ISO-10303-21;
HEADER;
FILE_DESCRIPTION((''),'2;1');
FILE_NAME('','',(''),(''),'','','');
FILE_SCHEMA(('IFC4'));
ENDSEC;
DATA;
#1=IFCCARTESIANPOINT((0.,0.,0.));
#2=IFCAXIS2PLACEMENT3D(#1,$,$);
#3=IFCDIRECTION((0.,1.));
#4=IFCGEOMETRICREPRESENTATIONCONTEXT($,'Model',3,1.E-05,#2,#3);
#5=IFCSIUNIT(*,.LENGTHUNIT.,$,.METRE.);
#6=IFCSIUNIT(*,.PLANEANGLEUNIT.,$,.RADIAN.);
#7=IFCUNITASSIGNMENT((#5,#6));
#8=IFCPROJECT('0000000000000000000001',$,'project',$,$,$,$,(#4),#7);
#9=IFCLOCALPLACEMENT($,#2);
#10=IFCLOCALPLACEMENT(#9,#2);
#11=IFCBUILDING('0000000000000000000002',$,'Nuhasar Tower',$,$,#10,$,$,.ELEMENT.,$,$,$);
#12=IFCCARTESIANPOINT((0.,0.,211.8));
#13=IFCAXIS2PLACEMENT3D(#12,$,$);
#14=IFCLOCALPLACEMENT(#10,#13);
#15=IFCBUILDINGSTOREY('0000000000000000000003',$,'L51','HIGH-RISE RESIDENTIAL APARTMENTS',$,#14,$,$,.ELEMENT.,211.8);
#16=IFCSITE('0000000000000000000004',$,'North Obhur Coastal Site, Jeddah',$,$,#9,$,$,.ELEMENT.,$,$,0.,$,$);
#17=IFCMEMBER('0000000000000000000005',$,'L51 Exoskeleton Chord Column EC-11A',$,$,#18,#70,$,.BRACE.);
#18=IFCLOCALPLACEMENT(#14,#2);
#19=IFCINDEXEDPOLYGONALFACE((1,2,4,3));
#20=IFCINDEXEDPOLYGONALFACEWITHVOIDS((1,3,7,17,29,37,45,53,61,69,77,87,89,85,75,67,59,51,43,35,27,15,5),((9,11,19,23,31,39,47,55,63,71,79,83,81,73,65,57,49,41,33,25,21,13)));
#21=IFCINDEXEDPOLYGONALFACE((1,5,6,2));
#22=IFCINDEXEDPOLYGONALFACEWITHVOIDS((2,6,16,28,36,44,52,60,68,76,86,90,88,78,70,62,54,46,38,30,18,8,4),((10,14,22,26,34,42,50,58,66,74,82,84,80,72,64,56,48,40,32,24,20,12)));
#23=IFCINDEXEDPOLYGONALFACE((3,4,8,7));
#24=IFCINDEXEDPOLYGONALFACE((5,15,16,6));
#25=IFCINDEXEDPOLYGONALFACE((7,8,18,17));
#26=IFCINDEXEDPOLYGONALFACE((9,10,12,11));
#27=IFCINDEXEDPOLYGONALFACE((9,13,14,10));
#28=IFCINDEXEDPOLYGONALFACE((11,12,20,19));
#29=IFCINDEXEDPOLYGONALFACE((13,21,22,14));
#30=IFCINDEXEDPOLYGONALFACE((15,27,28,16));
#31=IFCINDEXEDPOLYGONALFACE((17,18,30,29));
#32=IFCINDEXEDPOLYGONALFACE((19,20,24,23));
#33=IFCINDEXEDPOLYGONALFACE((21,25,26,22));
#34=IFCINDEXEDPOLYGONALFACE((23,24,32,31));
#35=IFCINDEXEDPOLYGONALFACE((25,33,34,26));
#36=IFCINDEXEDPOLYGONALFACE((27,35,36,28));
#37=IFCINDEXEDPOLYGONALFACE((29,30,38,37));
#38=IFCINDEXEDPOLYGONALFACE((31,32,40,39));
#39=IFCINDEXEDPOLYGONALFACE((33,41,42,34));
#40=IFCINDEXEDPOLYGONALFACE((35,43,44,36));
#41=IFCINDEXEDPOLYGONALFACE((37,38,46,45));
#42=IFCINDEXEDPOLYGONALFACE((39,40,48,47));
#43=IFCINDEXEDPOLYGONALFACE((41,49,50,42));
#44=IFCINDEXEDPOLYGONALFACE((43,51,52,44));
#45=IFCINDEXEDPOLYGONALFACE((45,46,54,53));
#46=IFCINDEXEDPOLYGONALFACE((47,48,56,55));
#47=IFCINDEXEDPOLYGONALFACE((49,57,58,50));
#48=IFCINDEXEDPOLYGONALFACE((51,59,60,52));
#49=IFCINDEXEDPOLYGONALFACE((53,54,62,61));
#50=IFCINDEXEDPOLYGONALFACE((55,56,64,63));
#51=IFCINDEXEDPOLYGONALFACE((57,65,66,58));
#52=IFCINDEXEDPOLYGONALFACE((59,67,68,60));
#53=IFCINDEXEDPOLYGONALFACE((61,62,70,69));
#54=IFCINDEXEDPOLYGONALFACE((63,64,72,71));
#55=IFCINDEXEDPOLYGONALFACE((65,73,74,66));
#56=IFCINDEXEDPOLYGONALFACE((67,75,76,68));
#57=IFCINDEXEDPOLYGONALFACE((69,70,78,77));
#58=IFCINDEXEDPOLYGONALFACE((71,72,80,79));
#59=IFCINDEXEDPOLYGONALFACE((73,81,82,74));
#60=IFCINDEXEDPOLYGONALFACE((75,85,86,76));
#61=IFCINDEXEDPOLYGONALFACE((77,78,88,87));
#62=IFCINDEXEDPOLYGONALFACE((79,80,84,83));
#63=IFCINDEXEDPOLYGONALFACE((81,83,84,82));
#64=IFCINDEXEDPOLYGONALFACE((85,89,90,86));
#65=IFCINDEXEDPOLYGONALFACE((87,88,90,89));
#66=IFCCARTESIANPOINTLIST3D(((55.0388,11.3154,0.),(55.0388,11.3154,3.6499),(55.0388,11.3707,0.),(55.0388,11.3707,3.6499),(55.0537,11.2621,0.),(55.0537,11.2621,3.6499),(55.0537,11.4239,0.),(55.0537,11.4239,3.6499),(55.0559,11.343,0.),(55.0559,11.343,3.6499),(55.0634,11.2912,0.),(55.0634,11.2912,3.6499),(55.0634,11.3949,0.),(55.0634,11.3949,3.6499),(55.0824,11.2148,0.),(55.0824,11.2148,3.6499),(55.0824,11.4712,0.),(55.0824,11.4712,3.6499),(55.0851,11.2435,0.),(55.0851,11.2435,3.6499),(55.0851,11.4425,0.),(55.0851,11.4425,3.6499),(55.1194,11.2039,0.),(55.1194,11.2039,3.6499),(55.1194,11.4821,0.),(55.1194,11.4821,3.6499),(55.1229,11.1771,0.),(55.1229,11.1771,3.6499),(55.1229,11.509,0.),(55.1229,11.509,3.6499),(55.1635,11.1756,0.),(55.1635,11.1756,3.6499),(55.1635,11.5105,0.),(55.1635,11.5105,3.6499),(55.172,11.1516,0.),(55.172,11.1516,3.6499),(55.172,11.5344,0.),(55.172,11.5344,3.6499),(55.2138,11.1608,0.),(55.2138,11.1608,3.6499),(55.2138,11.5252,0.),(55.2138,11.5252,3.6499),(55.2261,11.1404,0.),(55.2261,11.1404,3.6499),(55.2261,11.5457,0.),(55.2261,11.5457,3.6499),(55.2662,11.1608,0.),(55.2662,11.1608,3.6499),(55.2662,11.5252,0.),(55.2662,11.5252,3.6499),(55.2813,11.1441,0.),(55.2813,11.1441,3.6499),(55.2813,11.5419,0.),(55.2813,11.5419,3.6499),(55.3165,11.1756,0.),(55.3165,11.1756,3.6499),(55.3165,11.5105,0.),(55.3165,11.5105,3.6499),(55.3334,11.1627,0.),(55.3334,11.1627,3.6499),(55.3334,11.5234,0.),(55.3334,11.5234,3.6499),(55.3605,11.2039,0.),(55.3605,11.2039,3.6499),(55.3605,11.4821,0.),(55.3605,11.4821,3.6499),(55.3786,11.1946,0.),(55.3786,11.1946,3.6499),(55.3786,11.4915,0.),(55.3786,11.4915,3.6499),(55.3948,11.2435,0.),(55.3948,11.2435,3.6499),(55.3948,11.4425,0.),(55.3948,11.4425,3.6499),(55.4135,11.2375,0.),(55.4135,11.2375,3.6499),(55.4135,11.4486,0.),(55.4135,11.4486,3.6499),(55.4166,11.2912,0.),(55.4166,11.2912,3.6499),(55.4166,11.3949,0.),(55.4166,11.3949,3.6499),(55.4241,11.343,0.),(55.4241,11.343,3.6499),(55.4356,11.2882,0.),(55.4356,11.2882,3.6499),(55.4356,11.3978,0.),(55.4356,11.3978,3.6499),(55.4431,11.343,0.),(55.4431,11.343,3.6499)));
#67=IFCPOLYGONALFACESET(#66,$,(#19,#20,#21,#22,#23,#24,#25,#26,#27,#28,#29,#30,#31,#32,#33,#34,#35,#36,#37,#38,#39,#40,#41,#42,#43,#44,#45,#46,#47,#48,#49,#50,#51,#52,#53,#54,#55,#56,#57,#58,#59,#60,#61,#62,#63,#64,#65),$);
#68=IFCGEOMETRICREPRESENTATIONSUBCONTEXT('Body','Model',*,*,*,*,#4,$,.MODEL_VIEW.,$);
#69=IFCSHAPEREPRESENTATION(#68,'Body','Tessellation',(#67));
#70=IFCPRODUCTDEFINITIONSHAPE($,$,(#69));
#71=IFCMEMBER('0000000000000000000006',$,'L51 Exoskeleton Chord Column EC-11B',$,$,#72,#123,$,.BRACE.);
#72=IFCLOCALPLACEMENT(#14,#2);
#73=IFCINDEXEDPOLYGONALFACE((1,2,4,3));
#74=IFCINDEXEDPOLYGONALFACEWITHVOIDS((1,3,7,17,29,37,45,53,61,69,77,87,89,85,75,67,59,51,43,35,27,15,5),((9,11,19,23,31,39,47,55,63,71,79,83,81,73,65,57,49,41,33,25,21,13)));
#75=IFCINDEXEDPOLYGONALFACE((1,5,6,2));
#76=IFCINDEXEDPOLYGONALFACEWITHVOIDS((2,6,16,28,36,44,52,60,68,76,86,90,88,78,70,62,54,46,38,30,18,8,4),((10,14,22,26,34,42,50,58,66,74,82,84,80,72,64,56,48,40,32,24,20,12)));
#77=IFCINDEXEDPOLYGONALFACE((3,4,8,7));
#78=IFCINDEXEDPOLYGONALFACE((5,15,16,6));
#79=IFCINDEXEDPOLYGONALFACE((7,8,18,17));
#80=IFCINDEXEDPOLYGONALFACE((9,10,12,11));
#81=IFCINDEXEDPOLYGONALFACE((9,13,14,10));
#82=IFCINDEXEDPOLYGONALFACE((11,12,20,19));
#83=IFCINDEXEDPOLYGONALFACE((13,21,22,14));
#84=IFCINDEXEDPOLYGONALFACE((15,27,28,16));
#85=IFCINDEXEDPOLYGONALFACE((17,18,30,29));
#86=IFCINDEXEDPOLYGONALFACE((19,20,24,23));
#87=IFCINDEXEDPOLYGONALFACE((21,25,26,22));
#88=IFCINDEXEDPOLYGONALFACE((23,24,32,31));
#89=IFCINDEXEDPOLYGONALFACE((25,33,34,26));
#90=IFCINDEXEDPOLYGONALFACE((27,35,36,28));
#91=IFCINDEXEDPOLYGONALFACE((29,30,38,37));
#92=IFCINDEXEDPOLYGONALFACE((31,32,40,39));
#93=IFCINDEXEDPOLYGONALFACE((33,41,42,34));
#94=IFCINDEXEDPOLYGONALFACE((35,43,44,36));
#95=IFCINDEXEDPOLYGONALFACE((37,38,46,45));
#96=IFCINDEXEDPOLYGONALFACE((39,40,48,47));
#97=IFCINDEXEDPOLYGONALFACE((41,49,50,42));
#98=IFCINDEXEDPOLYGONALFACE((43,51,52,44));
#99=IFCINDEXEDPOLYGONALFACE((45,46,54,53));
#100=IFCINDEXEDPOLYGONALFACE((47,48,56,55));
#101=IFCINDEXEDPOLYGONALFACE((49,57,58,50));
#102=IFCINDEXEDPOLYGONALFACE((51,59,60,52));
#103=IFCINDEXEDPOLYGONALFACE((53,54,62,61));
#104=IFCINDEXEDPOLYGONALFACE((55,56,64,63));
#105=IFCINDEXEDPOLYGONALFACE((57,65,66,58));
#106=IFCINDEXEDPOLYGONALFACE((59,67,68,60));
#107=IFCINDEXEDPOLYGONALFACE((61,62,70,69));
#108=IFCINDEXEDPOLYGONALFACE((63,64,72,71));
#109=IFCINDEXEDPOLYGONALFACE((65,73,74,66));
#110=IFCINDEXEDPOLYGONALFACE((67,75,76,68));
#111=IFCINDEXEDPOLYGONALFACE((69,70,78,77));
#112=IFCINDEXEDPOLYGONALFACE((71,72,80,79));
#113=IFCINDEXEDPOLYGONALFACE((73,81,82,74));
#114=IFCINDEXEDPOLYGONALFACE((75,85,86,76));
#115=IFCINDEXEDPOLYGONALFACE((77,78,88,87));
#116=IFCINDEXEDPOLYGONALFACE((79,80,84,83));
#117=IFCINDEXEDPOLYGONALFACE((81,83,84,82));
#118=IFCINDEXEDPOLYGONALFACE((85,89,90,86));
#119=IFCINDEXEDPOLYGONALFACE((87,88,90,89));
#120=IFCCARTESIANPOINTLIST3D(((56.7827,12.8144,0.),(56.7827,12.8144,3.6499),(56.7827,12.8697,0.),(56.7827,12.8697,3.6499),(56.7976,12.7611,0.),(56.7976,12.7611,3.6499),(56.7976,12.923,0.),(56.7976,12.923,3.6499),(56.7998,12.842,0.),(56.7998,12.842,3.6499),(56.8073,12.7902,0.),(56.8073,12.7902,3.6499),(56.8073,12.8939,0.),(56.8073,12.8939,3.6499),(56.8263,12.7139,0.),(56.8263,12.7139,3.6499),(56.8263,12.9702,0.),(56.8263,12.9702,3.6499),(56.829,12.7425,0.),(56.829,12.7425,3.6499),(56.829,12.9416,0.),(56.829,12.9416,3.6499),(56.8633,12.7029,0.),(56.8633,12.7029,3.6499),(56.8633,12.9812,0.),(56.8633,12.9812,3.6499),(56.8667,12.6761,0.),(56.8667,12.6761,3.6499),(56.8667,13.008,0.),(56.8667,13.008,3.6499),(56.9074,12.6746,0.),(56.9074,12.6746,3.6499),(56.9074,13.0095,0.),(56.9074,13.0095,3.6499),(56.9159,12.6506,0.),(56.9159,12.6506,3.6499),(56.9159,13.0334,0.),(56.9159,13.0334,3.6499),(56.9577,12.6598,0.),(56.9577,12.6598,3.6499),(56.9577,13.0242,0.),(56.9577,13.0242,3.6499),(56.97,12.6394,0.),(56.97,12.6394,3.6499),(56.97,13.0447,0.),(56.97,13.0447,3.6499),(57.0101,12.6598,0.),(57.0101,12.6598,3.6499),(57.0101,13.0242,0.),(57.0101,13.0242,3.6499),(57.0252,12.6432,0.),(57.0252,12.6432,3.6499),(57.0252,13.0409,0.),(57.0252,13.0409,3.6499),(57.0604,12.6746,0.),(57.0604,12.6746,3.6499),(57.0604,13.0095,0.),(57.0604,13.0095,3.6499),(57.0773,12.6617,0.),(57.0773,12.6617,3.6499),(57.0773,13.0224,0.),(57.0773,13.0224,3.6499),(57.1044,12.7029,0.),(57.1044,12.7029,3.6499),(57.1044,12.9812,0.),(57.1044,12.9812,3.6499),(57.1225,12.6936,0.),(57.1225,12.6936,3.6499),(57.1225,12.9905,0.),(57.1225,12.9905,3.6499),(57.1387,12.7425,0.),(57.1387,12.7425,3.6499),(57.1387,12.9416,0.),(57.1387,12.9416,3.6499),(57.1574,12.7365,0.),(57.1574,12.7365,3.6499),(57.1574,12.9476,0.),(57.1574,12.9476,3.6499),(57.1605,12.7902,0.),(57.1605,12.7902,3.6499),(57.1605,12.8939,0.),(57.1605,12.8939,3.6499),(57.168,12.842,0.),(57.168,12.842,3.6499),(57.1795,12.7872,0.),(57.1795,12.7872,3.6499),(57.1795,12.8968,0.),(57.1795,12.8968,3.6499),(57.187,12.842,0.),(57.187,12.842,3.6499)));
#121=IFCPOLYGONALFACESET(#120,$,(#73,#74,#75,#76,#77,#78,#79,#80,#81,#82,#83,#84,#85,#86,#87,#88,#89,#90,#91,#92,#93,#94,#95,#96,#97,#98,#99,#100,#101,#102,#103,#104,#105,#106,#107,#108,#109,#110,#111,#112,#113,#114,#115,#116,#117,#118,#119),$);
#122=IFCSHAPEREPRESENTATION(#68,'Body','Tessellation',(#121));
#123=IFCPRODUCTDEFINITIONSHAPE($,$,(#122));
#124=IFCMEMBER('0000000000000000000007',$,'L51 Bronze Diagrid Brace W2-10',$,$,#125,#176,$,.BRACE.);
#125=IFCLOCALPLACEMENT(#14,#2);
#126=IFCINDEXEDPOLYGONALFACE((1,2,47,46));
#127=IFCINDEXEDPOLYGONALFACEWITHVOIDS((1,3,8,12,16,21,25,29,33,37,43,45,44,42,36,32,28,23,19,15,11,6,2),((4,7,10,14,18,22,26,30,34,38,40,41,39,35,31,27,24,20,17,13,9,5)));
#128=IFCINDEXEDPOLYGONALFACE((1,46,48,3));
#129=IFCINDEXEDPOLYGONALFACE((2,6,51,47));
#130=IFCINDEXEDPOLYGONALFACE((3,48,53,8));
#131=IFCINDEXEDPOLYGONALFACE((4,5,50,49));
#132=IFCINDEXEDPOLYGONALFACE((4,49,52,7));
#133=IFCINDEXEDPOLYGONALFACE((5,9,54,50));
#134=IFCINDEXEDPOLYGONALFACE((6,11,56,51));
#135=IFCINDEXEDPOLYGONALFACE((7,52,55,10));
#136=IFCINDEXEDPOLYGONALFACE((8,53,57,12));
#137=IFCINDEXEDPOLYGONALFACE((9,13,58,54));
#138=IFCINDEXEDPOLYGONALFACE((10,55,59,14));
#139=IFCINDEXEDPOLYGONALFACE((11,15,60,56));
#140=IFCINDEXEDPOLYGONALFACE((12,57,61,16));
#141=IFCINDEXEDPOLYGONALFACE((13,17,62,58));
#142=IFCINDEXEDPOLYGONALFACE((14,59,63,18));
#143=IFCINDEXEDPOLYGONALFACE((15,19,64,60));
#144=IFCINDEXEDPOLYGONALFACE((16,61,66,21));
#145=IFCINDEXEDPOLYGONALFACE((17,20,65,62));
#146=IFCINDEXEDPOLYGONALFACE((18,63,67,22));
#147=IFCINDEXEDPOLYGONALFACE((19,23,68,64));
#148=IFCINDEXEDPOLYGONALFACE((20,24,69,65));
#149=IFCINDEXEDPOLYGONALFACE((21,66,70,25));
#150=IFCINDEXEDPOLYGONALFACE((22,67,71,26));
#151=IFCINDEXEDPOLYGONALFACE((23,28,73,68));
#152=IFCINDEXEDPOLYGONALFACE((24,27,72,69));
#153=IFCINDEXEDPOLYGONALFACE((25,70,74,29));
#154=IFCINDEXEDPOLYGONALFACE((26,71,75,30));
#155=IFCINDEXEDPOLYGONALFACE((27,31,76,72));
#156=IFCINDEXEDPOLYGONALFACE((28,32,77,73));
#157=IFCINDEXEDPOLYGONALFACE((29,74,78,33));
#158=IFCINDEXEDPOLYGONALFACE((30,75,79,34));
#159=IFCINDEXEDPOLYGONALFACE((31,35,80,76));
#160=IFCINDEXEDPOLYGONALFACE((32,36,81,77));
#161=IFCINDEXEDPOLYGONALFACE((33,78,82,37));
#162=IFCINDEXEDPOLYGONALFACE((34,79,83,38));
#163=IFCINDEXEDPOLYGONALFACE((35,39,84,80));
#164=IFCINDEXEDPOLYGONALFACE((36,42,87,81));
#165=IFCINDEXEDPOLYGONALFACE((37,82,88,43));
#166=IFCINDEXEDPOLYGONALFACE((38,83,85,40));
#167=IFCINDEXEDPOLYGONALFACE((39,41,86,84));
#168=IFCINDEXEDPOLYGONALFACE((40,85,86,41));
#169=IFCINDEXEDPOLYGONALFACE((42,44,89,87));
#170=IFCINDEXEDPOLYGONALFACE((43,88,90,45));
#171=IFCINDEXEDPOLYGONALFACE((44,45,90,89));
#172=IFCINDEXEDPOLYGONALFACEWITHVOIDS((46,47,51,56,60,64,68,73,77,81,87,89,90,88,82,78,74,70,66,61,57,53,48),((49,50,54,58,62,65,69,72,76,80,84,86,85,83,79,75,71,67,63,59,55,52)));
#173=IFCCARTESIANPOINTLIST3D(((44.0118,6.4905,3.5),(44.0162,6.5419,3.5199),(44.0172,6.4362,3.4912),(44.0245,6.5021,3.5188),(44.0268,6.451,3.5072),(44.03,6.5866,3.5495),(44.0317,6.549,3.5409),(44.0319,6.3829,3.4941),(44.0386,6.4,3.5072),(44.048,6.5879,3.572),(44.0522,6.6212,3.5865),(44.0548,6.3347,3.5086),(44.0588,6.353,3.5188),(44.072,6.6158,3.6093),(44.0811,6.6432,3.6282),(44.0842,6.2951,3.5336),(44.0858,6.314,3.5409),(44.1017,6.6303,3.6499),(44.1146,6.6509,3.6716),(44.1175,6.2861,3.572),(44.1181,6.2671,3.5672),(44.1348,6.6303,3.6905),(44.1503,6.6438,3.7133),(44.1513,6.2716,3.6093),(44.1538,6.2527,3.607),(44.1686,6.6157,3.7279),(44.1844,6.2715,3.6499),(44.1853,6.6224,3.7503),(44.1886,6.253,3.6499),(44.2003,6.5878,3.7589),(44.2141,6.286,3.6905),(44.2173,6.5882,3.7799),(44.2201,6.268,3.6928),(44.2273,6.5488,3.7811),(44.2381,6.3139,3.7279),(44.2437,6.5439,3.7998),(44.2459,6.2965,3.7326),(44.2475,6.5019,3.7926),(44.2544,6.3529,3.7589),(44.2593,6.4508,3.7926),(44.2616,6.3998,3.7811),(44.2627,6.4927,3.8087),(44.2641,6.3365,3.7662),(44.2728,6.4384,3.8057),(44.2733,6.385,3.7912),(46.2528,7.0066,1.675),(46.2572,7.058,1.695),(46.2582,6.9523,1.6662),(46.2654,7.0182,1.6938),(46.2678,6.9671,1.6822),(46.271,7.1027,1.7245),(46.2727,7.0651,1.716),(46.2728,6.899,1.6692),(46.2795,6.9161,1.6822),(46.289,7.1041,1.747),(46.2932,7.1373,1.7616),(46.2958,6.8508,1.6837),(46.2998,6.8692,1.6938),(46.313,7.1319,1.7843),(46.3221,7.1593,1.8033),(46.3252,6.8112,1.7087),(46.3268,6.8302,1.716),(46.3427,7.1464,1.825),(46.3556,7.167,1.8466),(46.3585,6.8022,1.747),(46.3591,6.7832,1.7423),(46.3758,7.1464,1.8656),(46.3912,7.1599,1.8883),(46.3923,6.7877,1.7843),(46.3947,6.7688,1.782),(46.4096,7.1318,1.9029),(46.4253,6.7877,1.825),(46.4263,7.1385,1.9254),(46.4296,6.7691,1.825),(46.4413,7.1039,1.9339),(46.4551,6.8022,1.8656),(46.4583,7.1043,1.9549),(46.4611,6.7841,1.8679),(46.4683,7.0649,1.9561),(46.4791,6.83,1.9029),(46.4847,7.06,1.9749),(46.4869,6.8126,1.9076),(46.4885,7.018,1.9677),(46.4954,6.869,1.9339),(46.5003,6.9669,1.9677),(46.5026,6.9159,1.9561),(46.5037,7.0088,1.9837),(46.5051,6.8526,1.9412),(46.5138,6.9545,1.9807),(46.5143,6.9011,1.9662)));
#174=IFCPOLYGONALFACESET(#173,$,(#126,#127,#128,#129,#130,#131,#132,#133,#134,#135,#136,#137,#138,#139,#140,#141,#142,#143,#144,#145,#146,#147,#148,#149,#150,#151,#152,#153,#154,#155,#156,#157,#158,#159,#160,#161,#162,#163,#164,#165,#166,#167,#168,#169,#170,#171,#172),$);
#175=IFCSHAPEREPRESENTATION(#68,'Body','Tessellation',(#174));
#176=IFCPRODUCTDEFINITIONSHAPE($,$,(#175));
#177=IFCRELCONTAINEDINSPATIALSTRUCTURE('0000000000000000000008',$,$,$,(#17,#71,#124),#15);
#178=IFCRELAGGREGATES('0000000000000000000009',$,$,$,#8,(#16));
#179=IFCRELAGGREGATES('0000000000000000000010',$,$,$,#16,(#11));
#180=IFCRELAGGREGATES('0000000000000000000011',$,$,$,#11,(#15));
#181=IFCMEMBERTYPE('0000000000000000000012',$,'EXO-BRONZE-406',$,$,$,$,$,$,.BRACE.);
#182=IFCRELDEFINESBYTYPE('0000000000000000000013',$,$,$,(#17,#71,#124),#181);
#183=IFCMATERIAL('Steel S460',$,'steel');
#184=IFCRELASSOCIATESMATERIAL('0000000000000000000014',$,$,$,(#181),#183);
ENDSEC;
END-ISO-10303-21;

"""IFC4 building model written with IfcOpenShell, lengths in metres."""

from ifc_helpers import new_model, si_unit, direction, frame, origin, origin_2d, place, context, subcontext, project, spatial, hollow_circle, extrude, material, material_profile, profile_set, type_object, element, save


model = new_model("IFC4")

# Units and contexts
model_context = context("Model", 3, precision=1e-05, world=origin(), true_north=direction((0.0, 1.0)))
body_context = subcontext(model_context, "Body", "Model", "MODEL_VIEW")
ifc_project = project(units=[si_unit("LENGTHUNIT", "METRE"), si_unit("PLANEANGLEUNIT", "RADIAN")], contexts=[model_context])

# Site, building, storey
site_placement = place(None, origin())
site = spatial("IfcSite", under=ifc_project, at=site_placement, Name="North Obhur Coastal Site, Jeddah", CompositionType="ELEMENT", RefElevation=0.0)
building_placement = place(site_placement, origin())
building = spatial("IfcBuilding", under=site, at=building_placement, Name="Nuhasar Tower", CompositionType="ELEMENT")
storey_placement = place(building_placement, frame((0.0, 0.0, 211.8)))
storey = spatial("IfcBuildingStorey", under=building, at=storey_placement, Name="L51", Description="HIGH-RISE RESIDENTIAL APARTMENTS", CompositionType="ELEMENT", Elevation=211.8)

# Members
ifc_material_1 = material(Name="Steel S460", Category="steel")
ifc_material_profile_1 = material_profile(ifc_material_1, hollow_circle(Radius=0.2031, WallThickness=0.019, at=origin_2d()), Name="HSS406.4X19.1")
ifc_profile_set_1 = profile_set([ifc_material_profile_1], Name="Steel S460")
member_type_1 = type_object("IfcMemberType", Name="EXO-BRONZE-406", PredefinedType="BRACE", material=ifc_profile_set_1)
for number, where, z_axis, x_axis, name in (
    (1, (55.24, 11.343, 0.0), (0.0, 0.0, 1.0), (1.0, 0.0, 0.0), "L51 Exoskeleton Chord Column EC-11A"),
    (2, (56.9839, 12.842, 0.0), (0.0, 0.0, 1.0), (1.0, 0.0, 0.0), "L51 Exoskeleton Chord Column EC-11B"),
):
    element("IfcMember", number, at=place(storey_placement, frame(where, z_axis=z_axis, x_axis=x_axis)), inside=storey, type_object=member_type_1, Name=name, PredefinedType="BRACE", context=body_context, shape_type="SweptSolid", body=[
        extrude(hollow_circle(Radius=0.2031, WallThickness=0.019, at=origin_2d()), origin(), (0.0, 0.0, 1.0), 3.6499),
    ])
for number, where, z_axis, x_axis, name in (
    (3, (46.384, 6.967, 1.825), (-0.763332, -0.175802, 0.621626), (0.224433, -0.97449, 0.0), "L51 Bronze Diagrid Brace W2-10"),
):
    element("IfcMember", number, at=place(storey_placement, frame(where, z_axis=z_axis, x_axis=x_axis)), inside=storey, type_object=member_type_1, Name=name, PredefinedType="BRACE", context=body_context, shape_type="SweptSolid", body=[
        extrude(hollow_circle(Radius=0.2031, WallThickness=0.019, at=origin_2d()), origin(), (0.0, 0.0, 1.0), 2.9358),
    ])

save(model, "model.ifc")
